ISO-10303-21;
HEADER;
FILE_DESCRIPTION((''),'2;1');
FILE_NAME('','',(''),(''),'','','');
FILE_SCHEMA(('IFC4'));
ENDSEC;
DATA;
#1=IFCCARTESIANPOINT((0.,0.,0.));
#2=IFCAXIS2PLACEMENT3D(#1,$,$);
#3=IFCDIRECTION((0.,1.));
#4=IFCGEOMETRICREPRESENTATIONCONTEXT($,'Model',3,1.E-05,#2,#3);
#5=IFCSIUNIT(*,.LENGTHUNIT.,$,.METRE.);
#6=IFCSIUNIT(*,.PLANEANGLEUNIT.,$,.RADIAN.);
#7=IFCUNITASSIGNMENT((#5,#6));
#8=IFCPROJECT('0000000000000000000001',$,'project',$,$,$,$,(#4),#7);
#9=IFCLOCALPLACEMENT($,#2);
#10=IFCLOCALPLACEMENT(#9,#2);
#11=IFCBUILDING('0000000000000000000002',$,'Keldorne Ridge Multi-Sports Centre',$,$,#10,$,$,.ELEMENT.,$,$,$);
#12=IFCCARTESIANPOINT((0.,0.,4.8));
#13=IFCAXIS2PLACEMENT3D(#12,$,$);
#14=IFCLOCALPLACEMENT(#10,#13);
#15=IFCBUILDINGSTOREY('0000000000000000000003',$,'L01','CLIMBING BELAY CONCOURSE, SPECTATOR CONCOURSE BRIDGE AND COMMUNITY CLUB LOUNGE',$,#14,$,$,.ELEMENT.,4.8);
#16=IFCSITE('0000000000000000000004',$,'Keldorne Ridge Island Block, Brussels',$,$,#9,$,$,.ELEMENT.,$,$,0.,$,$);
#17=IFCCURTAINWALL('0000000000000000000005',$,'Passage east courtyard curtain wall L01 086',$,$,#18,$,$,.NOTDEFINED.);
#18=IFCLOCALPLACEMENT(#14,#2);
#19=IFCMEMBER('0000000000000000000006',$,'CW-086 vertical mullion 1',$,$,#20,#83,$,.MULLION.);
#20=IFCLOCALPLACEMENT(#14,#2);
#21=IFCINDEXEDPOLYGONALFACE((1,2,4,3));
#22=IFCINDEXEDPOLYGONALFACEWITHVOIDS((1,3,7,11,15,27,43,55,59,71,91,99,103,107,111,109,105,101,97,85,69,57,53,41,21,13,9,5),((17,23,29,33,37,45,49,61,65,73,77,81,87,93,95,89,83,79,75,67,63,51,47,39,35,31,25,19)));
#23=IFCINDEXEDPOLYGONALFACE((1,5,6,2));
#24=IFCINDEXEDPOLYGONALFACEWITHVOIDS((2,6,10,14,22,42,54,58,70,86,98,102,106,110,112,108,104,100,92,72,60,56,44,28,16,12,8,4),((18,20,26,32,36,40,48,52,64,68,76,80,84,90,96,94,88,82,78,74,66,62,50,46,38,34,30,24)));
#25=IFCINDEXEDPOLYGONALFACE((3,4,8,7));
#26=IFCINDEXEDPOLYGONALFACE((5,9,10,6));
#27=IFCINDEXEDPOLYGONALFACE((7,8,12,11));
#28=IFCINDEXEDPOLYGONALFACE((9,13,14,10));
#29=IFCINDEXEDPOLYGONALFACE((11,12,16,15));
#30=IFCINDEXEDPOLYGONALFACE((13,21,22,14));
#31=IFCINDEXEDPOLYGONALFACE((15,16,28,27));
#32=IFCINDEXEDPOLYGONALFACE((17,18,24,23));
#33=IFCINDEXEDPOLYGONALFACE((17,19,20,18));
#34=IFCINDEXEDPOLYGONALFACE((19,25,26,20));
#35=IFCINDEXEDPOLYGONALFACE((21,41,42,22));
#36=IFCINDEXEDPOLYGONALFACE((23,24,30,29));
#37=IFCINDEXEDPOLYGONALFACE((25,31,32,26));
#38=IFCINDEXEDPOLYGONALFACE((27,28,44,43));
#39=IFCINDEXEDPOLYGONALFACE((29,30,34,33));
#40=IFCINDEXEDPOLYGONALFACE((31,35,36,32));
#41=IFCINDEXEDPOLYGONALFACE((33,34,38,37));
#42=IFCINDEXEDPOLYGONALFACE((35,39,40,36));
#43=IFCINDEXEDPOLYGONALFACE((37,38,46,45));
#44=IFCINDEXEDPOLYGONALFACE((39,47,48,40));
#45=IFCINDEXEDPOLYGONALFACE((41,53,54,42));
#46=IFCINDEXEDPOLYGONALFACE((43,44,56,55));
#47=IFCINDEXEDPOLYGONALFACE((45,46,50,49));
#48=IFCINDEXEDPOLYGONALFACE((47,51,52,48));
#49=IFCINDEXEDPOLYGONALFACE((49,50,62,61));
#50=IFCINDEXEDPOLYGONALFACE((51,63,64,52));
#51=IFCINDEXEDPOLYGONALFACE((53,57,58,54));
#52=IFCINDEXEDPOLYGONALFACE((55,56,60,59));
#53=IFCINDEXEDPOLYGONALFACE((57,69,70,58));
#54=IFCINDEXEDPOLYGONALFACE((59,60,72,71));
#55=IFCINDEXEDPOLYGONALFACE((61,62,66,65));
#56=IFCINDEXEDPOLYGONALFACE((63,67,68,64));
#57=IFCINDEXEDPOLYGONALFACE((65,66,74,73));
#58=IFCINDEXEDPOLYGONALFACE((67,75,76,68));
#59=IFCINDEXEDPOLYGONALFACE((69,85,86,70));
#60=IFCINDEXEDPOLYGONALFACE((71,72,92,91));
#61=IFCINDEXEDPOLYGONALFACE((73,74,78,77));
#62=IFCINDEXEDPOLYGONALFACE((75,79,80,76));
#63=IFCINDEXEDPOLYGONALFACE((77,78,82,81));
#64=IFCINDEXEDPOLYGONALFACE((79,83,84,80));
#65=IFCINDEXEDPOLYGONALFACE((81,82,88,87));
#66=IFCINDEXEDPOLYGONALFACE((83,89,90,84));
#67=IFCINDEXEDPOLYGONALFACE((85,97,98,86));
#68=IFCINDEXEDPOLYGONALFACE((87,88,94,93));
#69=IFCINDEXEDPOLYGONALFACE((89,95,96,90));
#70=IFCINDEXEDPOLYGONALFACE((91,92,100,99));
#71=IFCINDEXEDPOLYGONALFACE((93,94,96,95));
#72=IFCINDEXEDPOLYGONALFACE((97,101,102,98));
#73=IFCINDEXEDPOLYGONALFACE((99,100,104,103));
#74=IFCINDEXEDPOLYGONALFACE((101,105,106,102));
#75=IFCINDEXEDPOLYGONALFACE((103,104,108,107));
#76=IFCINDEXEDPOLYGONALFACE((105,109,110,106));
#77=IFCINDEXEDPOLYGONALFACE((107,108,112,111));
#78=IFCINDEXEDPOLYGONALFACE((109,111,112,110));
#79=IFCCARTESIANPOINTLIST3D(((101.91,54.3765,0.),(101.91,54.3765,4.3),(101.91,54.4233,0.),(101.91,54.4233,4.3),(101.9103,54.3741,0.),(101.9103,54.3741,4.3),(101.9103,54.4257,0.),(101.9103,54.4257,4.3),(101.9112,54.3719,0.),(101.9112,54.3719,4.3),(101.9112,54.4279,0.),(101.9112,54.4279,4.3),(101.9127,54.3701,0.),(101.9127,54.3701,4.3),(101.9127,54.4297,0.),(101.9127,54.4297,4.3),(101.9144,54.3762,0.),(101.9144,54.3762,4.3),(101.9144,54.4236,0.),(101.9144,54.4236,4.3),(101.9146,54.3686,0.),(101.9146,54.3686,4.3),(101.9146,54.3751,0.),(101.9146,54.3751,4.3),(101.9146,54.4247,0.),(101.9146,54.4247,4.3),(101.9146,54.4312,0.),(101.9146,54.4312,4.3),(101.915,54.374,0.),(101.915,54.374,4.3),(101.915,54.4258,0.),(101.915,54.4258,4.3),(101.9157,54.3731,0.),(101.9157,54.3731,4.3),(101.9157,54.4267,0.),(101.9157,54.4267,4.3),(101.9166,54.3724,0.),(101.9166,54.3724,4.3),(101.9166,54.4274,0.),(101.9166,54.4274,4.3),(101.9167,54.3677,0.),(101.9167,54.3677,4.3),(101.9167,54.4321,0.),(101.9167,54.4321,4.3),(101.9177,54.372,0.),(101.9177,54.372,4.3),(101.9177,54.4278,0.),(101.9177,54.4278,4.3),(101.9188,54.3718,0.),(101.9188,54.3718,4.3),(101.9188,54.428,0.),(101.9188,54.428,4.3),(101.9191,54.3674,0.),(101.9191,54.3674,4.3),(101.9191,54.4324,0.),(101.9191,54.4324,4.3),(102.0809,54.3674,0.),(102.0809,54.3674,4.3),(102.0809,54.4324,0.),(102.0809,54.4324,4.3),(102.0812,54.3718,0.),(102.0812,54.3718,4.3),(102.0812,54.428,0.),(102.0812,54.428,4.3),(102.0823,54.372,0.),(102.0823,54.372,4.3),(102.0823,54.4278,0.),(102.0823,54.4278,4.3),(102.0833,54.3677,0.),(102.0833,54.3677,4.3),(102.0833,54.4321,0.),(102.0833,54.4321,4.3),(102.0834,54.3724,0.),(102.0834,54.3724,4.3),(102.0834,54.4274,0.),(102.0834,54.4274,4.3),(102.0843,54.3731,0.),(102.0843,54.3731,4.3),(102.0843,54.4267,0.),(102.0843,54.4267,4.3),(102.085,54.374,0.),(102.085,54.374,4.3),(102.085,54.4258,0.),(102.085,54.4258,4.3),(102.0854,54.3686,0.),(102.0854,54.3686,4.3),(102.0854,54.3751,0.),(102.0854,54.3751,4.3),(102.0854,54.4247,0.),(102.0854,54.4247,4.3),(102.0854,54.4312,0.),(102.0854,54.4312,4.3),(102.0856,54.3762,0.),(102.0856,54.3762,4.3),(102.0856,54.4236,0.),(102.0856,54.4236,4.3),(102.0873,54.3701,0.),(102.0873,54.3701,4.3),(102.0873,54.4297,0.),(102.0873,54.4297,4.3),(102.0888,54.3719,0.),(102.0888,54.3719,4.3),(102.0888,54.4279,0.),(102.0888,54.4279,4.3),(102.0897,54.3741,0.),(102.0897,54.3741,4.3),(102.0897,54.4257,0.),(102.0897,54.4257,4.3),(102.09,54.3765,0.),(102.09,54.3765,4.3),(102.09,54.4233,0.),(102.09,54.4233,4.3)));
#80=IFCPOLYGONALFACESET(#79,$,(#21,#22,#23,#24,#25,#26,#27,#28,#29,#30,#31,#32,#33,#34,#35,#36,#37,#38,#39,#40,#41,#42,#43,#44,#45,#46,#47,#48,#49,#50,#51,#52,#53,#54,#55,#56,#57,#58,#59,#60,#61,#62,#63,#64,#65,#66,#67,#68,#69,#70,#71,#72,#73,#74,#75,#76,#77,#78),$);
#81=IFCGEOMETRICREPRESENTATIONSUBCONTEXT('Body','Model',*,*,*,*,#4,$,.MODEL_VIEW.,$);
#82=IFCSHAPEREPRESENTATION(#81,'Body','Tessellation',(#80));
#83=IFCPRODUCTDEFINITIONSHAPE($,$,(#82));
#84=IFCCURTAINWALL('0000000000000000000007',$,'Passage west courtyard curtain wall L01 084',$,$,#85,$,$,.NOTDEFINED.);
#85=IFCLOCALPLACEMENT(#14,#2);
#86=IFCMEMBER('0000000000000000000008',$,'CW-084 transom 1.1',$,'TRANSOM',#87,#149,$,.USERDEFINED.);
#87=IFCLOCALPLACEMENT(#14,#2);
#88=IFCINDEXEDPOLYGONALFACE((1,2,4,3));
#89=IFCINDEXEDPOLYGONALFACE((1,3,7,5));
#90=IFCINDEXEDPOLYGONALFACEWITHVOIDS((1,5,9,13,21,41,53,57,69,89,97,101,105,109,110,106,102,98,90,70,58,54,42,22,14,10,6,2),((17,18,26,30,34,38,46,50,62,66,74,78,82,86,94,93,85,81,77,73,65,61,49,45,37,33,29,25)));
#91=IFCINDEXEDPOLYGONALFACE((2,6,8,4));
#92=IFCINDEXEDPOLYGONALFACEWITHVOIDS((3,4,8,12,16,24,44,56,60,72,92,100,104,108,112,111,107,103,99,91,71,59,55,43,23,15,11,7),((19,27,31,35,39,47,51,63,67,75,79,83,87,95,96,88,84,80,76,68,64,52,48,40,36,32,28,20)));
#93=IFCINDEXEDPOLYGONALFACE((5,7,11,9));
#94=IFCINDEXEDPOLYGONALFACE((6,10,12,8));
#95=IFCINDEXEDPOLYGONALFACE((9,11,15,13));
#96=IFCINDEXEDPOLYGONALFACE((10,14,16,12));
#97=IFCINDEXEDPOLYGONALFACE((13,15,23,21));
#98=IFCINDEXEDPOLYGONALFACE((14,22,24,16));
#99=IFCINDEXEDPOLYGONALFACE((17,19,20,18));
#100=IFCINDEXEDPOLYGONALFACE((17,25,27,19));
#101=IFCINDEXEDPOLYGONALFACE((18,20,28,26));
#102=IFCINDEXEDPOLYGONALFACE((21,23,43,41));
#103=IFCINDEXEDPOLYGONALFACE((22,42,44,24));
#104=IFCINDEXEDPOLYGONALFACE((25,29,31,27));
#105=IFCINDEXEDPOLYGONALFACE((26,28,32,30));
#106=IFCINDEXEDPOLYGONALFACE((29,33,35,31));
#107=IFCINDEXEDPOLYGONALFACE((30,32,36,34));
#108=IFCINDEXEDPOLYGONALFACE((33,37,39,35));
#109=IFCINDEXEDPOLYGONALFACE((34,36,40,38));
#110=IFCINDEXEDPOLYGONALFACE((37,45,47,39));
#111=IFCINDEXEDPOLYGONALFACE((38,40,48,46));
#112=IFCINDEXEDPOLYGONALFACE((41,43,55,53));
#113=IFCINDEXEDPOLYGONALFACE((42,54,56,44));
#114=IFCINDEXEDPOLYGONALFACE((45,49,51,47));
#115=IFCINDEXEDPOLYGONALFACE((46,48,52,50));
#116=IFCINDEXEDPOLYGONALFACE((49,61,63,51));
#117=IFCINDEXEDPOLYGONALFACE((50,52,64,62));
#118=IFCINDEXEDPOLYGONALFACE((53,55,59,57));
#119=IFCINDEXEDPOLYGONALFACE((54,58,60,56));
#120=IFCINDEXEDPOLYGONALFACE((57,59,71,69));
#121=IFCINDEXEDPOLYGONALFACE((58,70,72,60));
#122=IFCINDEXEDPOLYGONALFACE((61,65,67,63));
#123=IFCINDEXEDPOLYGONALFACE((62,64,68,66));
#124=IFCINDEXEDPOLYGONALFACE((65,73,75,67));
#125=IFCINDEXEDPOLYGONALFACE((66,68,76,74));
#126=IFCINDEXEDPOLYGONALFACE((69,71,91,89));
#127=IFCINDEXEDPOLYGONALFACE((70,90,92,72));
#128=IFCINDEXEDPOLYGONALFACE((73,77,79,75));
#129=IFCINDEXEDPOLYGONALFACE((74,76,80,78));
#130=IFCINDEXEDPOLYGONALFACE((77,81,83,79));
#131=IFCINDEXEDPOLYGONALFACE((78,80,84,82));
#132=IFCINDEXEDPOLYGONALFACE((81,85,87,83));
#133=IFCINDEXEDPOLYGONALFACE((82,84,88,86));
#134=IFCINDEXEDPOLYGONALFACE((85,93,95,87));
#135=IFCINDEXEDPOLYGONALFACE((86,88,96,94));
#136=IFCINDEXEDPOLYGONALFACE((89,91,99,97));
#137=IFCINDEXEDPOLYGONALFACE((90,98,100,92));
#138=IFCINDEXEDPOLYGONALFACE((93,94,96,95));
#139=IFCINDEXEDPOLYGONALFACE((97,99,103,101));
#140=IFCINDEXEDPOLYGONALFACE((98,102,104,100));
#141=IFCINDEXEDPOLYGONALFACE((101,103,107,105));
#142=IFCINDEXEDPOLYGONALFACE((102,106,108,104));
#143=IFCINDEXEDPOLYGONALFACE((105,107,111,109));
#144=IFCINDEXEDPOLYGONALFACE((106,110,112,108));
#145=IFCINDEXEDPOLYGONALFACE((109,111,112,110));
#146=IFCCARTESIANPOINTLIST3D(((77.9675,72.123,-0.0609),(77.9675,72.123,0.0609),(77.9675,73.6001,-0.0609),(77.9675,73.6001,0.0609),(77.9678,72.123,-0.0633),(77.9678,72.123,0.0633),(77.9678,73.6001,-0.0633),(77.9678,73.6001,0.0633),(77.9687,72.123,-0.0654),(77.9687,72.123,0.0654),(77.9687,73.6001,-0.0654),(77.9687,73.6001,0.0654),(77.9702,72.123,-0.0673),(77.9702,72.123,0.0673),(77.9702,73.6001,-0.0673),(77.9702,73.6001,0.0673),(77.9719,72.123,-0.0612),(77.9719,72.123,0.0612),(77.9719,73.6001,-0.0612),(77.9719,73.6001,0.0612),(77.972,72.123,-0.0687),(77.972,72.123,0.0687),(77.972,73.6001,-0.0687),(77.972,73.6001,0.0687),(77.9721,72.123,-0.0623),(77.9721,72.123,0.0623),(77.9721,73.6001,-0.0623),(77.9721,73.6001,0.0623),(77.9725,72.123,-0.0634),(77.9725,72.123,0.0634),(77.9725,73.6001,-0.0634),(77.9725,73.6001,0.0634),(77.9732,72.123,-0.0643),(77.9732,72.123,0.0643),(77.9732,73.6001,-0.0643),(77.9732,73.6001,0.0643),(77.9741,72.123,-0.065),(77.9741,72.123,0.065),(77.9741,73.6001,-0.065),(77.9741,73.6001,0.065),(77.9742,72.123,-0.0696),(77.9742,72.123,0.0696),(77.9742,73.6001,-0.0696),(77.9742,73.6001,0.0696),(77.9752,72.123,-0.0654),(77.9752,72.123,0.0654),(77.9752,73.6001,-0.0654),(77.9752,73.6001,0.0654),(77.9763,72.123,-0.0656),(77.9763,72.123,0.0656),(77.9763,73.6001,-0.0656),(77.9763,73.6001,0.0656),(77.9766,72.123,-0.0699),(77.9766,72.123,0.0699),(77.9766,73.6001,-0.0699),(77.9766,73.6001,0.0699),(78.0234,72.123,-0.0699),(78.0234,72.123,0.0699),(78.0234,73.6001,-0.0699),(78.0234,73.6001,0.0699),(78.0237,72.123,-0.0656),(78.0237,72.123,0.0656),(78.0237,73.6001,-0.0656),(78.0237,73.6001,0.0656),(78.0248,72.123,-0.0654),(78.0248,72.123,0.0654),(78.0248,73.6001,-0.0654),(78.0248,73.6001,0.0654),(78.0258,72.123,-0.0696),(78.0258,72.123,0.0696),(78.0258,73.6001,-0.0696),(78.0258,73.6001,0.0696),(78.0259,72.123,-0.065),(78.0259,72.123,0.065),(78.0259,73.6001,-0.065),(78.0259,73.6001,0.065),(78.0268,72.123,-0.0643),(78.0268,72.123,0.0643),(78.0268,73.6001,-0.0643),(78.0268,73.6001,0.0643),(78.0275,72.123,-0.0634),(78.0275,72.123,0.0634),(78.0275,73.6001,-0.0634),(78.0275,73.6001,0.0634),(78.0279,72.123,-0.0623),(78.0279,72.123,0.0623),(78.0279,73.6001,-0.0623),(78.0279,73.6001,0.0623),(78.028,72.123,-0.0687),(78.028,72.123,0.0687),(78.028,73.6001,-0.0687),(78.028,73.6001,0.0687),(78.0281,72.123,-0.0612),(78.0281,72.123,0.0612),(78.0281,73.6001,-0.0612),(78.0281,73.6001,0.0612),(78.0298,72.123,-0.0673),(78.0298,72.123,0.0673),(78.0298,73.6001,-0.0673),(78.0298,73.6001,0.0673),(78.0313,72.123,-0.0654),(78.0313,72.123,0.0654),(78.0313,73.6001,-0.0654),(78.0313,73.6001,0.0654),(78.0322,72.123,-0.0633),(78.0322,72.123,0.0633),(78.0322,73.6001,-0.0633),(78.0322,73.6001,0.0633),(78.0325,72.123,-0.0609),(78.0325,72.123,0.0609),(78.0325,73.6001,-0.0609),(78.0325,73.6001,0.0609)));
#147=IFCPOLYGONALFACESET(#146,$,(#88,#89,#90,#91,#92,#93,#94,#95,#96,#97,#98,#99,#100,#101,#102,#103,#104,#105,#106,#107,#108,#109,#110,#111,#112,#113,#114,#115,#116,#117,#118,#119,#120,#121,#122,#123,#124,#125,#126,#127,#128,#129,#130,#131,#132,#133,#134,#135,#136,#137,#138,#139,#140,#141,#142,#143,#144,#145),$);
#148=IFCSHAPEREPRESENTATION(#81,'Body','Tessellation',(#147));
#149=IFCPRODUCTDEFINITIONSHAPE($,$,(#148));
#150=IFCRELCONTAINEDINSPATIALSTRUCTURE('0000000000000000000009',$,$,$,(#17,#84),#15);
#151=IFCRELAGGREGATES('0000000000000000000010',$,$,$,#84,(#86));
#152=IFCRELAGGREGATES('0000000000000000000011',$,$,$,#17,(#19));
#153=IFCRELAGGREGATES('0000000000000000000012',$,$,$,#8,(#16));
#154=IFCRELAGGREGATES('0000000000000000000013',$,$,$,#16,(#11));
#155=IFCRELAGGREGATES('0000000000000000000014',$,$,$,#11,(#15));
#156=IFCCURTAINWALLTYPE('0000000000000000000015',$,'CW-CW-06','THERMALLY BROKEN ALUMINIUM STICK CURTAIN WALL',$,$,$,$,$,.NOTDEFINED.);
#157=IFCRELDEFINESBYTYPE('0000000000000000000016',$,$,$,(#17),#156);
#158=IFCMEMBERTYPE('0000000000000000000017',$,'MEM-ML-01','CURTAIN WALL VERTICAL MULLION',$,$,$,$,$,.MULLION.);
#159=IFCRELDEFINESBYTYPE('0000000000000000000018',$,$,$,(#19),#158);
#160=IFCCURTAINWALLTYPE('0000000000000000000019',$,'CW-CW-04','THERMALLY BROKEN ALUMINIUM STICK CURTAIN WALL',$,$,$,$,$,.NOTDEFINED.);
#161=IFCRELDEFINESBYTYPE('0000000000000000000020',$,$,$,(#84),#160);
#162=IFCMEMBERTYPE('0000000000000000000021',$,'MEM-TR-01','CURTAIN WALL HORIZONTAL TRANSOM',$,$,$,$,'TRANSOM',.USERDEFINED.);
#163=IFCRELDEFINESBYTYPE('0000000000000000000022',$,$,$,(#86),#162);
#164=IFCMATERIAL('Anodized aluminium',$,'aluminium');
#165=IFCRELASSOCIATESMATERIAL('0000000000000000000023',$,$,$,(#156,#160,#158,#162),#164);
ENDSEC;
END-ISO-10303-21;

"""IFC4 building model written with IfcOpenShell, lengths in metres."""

from ifc_helpers import new_model, si_unit, direction, frame, origin, origin_2d, place, context, subcontext, project, spatial, hollow_rectangle, extrude, material, material_profile, profile_set, type_object, element, aggregate, save


model = new_model("IFC4")

# Units and contexts
model_context = context("Model", 3, precision=1e-05, world=origin(), true_north=direction((0.0, 1.0)))
body_context = subcontext(model_context, "Body", "Model", "MODEL_VIEW")
ifc_project = project(units=[si_unit("LENGTHUNIT", "METRE"), si_unit("PLANEANGLEUNIT", "RADIAN")], contexts=[model_context])

# Site, building, storey
site_placement = place(None, origin())
site = spatial("IfcSite", under=ifc_project, at=site_placement, Name="Keldorne Ridge Island Block, Brussels", CompositionType="ELEMENT", RefElevation=0.0)
building_placement = place(site_placement, origin())
building = spatial("IfcBuilding", under=site, at=building_placement, Name="Keldorne Ridge Multi-Sports Centre", CompositionType="ELEMENT")
storey_placement = place(building_placement, frame((0.0, 0.0, 4.8)))
storey = spatial("IfcBuildingStorey", under=building, at=storey_placement, Name="L01", Description="CLIMBING BELAY CONCOURSE, SPECTATOR CONCOURSE BRIDGE AND COMMUNITY CLUB LOUNGE", CompositionType="ELEMENT", Elevation=4.8)

# Curtain wall, member
ifc_material_1 = material(Name="Anodized aluminium", Category="aluminium")
curtain_wall_type_1 = type_object("IfcCurtainWallType", Name="CW-CW-06", Description="THERMALLY BROKEN ALUMINIUM STICK CURTAIN WALL", PredefinedType="NOTDEFINED", material=ifc_material_1)
curtain_wall_1_placement = place(storey_placement, origin())
curtain_wall_1 = element("IfcCurtainWall", 1, at=curtain_wall_1_placement, inside=storey, type_object=curtain_wall_type_1, Name="Passage east courtyard curtain wall L01 086", PredefinedType="NOTDEFINED")
ifc_material_profile_1 = material_profile(ifc_material_1, hollow_rectangle(XDim=0.0649, YDim=0.1799, WallThickness=0.0044, InnerFilletRadius=0.0044, OuterFilletRadius=0.009, at=origin_2d()), Name="ALU MULLION 180x65x4.5")
ifc_profile_set_1 = profile_set([ifc_material_profile_1], Name="Anodized aluminium")
member_type_1 = type_object("IfcMemberType", Name="MEM-ML-01", Description="CURTAIN WALL VERTICAL MULLION", PredefinedType="MULLION", material=ifc_profile_set_1)
member_1_placement = place(storey_placement, frame((102.0, 54.3999, 0.0), z_axis=(0.0, 0.0, 1.0), x_axis=(0.0, 1.0, 0.0)))
member_1 = element("IfcMember", 2, at=member_1_placement, type_object=member_type_1, Name="CW-086 vertical mullion 1", PredefinedType="MULLION", context=body_context, shape_type="SweptSolid", body=[
    extrude(hollow_rectangle(XDim=0.0649, YDim=0.1799, WallThickness=0.0044, InnerFilletRadius=0.0044, OuterFilletRadius=0.009, at=origin_2d()), origin(), (0.0, 0.0, 1.0), 4.3),
])

# Curtain wall, member
curtain_wall_type_2 = type_object("IfcCurtainWallType", Name="CW-CW-04", Description="THERMALLY BROKEN ALUMINIUM STICK CURTAIN WALL", PredefinedType="NOTDEFINED", material=ifc_material_1)
curtain_wall_2_placement = place(storey_placement, origin())
curtain_wall_2 = element("IfcCurtainWall", 3, at=curtain_wall_2_placement, inside=storey, type_object=curtain_wall_type_2, Name="Passage west courtyard curtain wall L01 084", PredefinedType="NOTDEFINED")
ifc_material_profile_2 = material_profile(ifc_material_1, hollow_rectangle(XDim=0.0649, YDim=0.1399, WallThickness=0.0044, InnerFilletRadius=0.0044, OuterFilletRadius=0.009, at=origin_2d()), Name="ALU TRANSOM 140x65x4.5")
ifc_profile_set_2 = profile_set([ifc_material_profile_2], Name="Anodized aluminium")
member_type_2 = type_object("IfcMemberType", Name="MEM-TR-01", Description="CURTAIN WALL HORIZONTAL TRANSOM", ElementType="TRANSOM", PredefinedType="USERDEFINED", material=ifc_profile_set_2)
member_2_placement = place(storey_placement, frame((78.0, 73.6001, 0.0), z_axis=(0.0, -1.0, 0.0), x_axis=(1.0, 0.0, 0.0)))
member_2 = element("IfcMember", 4, at=member_2_placement, type_object=member_type_2, Name="CW-084 transom 1.1", ObjectType="TRANSOM", PredefinedType="USERDEFINED", context=body_context, shape_type="SweptSolid", body=[
    extrude(hollow_rectangle(XDim=0.0649, YDim=0.1399, WallThickness=0.0044, InnerFilletRadius=0.0044, OuterFilletRadius=0.009, at=origin_2d()), origin(), (0.0, 0.0, 1.0), 1.4771),
])
aggregate(curtain_wall_2, [member_2])

aggregate(curtain_wall_1, [member_1])

save(model, "model.ifc")
